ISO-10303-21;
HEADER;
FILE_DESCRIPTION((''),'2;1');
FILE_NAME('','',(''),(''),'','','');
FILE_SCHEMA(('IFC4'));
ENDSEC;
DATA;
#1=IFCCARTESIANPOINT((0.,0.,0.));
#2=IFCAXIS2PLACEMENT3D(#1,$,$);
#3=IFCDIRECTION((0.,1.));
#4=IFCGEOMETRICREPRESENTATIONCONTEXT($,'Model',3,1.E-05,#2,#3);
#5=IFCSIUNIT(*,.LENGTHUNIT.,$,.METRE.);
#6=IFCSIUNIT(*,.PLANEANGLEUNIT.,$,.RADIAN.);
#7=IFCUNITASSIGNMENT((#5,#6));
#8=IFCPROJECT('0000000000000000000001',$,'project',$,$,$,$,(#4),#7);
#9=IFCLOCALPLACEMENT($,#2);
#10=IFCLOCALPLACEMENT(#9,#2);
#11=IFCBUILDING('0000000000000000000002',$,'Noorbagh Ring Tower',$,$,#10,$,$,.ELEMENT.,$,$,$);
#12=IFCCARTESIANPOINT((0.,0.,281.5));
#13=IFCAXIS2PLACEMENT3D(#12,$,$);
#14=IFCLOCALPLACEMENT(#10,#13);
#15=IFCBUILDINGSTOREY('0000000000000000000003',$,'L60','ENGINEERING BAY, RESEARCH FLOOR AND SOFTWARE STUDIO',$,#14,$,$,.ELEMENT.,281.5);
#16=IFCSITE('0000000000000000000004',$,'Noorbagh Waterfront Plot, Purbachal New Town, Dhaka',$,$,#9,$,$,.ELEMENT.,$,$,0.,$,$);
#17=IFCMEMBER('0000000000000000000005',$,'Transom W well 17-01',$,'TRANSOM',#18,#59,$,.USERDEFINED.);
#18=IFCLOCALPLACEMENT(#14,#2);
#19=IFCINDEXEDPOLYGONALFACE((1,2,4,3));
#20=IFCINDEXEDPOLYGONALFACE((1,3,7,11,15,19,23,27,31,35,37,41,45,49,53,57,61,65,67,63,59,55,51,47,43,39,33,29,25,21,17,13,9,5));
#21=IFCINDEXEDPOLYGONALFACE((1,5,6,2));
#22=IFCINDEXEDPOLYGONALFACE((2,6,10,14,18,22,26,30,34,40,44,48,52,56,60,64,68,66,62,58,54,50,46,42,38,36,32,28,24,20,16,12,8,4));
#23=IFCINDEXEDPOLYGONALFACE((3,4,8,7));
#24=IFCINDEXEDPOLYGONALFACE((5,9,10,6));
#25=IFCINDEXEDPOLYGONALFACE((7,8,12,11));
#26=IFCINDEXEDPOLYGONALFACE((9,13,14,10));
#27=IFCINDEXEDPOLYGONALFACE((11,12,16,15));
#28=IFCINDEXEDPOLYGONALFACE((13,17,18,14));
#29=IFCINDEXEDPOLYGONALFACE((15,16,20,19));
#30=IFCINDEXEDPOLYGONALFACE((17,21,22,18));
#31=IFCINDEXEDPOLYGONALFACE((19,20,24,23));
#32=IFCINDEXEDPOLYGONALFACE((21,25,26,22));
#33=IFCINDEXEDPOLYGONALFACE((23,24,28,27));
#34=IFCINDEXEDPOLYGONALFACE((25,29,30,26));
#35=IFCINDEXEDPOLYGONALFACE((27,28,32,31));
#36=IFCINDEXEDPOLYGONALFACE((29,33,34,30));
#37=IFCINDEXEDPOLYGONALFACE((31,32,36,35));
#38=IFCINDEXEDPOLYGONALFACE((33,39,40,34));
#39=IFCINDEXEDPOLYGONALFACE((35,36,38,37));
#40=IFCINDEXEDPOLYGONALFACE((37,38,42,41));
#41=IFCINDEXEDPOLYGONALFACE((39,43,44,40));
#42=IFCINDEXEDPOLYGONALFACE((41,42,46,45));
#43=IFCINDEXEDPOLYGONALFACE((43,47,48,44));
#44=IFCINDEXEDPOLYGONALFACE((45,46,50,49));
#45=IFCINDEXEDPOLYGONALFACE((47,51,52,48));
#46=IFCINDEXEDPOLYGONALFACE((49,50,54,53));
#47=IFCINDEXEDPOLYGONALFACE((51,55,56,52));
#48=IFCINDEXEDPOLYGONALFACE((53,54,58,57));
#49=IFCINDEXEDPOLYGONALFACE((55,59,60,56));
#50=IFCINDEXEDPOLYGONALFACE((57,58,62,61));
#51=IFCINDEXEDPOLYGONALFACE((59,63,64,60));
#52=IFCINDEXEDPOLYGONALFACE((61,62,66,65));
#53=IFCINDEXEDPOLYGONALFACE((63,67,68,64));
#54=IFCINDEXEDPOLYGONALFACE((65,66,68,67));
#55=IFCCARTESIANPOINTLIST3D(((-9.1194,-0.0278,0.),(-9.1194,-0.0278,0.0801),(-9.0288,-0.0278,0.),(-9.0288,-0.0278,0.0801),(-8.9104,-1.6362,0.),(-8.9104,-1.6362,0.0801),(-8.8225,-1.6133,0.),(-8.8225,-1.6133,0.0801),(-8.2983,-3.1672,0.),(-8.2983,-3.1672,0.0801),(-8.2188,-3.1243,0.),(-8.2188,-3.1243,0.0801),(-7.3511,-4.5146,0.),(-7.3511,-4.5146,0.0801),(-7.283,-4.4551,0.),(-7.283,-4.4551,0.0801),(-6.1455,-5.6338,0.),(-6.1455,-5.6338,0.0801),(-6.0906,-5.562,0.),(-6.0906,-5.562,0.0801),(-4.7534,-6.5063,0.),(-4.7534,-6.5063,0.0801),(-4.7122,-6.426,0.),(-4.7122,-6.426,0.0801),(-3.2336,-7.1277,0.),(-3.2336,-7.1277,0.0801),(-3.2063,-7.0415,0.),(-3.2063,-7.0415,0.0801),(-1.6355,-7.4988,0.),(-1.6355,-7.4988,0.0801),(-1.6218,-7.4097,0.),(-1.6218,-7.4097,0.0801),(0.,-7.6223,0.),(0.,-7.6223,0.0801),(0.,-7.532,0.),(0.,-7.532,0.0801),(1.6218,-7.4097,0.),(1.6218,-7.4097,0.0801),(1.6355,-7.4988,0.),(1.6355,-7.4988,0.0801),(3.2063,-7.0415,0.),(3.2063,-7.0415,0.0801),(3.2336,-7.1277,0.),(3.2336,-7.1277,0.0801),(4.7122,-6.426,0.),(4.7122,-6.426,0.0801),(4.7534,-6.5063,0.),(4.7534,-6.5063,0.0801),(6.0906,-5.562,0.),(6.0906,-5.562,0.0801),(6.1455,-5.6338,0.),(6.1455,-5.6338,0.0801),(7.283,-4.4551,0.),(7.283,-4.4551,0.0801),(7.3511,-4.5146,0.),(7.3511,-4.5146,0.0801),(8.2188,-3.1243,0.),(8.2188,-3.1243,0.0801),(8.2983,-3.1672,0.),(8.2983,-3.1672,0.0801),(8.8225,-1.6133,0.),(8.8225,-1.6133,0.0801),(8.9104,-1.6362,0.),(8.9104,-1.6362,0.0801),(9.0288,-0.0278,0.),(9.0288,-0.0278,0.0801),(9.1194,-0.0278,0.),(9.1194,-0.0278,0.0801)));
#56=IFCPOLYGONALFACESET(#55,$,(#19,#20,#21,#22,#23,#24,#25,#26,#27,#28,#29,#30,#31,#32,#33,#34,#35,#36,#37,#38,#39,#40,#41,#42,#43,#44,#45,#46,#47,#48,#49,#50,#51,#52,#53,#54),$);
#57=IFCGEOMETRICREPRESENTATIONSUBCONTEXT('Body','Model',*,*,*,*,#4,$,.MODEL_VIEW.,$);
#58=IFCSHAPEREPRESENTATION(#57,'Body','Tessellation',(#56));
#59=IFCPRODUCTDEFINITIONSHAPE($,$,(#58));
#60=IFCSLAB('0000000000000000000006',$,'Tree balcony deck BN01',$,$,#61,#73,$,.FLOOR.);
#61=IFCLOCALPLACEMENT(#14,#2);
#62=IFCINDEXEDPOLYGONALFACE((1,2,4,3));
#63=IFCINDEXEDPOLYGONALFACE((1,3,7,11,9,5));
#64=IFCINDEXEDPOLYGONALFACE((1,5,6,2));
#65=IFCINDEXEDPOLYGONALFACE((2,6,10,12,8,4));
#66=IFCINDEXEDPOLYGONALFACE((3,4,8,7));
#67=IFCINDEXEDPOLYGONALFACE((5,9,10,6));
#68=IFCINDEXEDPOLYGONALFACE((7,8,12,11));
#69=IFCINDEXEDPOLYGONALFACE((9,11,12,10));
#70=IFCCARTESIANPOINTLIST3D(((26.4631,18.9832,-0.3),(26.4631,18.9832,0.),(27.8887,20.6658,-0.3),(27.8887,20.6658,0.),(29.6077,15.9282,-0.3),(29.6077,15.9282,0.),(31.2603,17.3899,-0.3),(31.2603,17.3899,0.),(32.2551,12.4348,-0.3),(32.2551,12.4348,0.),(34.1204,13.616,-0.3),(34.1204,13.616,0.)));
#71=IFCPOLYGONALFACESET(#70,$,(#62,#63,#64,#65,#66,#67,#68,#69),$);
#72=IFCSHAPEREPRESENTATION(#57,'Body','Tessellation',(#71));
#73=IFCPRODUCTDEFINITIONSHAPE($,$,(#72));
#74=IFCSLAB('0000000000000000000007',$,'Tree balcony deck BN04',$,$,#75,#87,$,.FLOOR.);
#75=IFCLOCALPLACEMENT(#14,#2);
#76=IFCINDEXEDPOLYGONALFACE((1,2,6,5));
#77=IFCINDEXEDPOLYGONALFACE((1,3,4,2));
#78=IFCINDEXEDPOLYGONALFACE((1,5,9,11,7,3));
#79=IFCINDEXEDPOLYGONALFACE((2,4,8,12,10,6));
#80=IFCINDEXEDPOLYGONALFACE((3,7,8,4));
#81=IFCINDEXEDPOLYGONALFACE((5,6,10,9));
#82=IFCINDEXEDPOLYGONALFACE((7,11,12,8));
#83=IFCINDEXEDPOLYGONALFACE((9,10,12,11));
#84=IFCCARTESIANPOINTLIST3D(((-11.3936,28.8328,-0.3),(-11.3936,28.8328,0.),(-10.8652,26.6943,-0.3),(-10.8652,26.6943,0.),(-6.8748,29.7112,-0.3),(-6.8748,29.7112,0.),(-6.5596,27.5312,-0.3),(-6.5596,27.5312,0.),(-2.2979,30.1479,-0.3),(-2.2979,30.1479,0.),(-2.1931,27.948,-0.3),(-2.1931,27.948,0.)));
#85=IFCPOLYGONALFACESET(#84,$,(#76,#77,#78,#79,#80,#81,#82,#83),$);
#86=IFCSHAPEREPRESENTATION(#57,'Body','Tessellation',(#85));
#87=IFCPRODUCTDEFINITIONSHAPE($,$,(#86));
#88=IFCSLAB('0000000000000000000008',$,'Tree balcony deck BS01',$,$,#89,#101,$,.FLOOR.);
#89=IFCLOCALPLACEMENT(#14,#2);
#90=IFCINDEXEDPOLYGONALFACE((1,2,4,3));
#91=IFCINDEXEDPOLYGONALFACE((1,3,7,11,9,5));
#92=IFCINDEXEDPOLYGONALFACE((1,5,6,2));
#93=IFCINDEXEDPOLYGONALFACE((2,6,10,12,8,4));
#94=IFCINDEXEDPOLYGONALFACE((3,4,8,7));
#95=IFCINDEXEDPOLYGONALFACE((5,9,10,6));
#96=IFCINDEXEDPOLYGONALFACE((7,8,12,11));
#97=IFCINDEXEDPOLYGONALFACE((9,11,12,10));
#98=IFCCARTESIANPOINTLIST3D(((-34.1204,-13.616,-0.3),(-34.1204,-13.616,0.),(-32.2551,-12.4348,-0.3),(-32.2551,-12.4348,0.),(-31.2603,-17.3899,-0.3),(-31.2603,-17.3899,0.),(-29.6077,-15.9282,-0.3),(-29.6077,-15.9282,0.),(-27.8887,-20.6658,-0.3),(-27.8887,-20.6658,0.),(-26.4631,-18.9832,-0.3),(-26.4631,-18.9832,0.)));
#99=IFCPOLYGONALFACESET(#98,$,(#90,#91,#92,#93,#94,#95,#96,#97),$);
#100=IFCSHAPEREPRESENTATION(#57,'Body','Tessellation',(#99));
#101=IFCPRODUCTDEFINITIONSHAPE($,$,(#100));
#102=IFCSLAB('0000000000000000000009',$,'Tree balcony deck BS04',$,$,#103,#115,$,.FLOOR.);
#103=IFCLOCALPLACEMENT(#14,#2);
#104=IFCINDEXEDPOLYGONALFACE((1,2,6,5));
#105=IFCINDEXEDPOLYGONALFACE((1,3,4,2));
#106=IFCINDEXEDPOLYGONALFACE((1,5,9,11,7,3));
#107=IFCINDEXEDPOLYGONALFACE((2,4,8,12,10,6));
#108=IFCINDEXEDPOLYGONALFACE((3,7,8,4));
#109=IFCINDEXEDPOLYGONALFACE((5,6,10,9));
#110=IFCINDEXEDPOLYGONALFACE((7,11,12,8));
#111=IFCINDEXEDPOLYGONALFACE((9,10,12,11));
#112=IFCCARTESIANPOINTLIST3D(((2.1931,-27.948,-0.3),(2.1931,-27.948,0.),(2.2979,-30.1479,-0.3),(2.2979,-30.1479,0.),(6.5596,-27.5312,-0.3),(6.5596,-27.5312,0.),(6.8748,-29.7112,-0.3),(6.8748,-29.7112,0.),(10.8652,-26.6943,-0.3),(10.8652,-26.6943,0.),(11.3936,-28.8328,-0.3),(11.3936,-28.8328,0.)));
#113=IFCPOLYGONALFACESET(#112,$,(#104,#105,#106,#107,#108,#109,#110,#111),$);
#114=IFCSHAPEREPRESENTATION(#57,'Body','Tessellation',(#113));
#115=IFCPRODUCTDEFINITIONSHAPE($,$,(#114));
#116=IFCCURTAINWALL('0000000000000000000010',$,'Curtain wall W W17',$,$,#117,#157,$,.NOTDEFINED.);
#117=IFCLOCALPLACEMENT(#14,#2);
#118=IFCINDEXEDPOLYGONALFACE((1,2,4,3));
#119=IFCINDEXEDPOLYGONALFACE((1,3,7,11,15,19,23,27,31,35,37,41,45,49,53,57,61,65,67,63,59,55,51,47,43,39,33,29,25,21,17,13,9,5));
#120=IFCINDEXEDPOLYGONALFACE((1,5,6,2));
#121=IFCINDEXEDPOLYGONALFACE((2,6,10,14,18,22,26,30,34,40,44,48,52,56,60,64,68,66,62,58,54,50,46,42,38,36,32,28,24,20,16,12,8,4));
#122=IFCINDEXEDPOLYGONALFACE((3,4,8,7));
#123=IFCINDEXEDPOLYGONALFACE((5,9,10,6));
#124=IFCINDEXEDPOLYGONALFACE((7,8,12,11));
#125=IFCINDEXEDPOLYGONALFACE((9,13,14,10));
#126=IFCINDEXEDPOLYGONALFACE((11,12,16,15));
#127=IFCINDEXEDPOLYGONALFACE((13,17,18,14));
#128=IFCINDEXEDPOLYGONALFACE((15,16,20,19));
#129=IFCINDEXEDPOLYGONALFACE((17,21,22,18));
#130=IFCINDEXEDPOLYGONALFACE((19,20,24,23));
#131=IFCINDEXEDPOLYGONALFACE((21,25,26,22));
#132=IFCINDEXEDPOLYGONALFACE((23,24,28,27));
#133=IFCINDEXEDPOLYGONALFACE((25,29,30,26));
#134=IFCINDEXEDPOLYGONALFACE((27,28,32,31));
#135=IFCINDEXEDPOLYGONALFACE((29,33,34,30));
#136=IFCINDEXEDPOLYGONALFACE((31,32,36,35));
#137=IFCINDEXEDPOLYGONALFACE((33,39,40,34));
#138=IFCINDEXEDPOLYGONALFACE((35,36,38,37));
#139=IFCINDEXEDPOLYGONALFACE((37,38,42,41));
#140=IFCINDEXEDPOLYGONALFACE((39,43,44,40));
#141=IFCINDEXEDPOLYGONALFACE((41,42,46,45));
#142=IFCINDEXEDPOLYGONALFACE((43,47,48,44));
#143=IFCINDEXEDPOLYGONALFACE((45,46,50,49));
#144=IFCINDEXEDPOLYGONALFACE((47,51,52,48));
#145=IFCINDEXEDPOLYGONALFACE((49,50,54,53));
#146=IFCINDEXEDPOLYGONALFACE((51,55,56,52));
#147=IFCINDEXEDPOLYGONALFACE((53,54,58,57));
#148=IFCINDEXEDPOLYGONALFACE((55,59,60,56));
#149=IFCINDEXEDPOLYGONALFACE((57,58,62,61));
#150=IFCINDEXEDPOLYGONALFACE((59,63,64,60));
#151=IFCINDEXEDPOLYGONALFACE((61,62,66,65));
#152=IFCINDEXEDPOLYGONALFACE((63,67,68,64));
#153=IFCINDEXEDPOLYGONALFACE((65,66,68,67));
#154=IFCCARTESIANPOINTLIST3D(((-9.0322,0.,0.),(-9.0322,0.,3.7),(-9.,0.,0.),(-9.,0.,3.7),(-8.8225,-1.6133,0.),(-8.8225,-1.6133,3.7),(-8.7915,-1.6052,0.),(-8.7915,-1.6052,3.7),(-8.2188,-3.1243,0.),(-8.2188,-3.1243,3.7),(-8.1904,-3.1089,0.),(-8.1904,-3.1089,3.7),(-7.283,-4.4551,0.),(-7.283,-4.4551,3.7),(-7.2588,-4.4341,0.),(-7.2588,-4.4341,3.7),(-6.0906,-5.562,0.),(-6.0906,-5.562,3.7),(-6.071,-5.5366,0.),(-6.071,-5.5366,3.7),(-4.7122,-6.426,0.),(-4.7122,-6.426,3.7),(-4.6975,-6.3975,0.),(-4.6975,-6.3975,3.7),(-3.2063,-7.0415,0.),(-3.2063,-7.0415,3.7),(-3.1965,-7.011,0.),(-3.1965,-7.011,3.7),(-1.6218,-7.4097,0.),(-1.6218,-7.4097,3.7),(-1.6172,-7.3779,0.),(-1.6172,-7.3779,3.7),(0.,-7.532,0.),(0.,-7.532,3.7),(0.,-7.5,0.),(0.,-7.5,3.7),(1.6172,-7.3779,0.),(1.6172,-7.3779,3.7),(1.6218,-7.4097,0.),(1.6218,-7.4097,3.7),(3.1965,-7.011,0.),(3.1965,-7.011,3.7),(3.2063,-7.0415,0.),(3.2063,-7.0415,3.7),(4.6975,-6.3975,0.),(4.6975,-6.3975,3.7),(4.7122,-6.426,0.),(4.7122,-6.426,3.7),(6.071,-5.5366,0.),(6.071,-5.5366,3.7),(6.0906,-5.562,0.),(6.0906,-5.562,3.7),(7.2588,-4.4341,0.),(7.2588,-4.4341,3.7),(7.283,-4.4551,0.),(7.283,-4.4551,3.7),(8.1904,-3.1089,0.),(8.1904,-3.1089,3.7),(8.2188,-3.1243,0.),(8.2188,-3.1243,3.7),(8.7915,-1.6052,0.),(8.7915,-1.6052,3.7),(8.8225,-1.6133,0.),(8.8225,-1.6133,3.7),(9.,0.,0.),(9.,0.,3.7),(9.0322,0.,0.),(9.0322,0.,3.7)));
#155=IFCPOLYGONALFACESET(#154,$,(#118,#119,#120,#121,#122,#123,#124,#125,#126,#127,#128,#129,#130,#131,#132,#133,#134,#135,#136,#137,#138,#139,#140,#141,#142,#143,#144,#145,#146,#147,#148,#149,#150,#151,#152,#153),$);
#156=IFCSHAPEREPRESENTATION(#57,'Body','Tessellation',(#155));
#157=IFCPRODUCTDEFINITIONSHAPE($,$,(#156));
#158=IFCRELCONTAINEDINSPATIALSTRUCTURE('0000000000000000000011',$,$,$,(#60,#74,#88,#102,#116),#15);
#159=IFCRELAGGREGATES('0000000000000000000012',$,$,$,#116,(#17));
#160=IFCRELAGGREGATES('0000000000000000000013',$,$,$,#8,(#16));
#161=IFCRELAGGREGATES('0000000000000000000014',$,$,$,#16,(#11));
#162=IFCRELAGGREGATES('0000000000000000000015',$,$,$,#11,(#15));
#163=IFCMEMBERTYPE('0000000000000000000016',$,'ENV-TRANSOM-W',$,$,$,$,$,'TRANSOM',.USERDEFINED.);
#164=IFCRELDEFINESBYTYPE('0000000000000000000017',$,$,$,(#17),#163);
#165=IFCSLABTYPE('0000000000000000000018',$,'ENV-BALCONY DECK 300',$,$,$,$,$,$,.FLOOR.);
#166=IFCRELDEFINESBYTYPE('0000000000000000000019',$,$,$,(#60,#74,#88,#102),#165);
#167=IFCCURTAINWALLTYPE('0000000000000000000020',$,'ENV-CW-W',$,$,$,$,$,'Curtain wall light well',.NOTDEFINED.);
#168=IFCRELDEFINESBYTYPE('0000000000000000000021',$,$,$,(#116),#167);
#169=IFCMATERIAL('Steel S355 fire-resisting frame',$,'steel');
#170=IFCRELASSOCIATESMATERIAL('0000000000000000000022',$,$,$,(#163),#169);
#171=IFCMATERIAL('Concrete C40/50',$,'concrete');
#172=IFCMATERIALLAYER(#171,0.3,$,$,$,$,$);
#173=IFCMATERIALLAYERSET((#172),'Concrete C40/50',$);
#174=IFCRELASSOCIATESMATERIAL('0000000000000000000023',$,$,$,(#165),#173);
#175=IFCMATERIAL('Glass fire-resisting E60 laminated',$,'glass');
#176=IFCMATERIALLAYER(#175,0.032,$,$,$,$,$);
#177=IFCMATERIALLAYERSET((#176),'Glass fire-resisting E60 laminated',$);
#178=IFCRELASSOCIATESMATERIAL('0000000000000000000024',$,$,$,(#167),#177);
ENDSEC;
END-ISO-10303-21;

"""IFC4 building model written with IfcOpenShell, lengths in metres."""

from ifc_helpers import new_model, si_unit, direction, frame, origin, place, context, subcontext, project, spatial, polyline, outline, extrude, material, layer, layer_set, type_object, element, aggregate, save


model = new_model("IFC4")

# Units and contexts
model_context = context("Model", 3, precision=1e-05, world=origin(), true_north=direction((0.0, 1.0)))
body_context = subcontext(model_context, "Body", "Model", "MODEL_VIEW")
ifc_project = project(units=[si_unit("LENGTHUNIT", "METRE"), si_unit("PLANEANGLEUNIT", "RADIAN")], contexts=[model_context])

# Member
site_placement = place(None, origin())
building_placement = place(site_placement, origin())
storey_placement = place(building_placement, frame((0.0, 0.0, 281.5)))
ifc_material_1 = material(Name="Steel S355 fire-resisting frame", Category="steel")
member_type_1 = type_object("IfcMemberType", Name="ENV-TRANSOM-W", ElementType="TRANSOM", PredefinedType="USERDEFINED", material=ifc_material_1)
member_1_placement = place(storey_placement, origin())
member_1 = element("IfcMember", 1, at=member_1_placement, type_object=member_type_1, Name="Transom W well 17-01", ObjectType="TRANSOM", PredefinedType="USERDEFINED", context=body_context, shape_type="SweptSolid", body=[
    extrude(outline(polyline([(-9.1194, -0.0278), (-8.9104, -1.6362), (-8.2983, -3.1672), (-7.3511, -4.5146), (-6.1455, -5.6338), (-4.7534, -6.5063), (-3.2336, -7.1277), (-1.6355, -7.4988), (0.0, -7.6223), (1.6355, -7.4988), (3.2336, -7.1277), (4.7534, -6.5063), (6.1455, -5.6338), (7.3511, -4.5146), (8.2983, -3.1672), (8.9104, -1.6362), (9.1194, -0.0278), (9.0288, -0.0278), (8.8225, -1.6133), (8.2188, -3.1243), (7.283, -4.4551), (6.0906, -5.562), (4.7122, -6.426), (3.2063, -7.0415), (1.6218, -7.4097), (0.0, -7.532), (-1.6218, -7.4097), (-3.2063, -7.0415), (-4.7122, -6.426), (-6.0906, -5.562), (-7.283, -4.4551), (-8.2188, -3.1243), (-8.8225, -1.6133), (-9.0288, -0.0278), (-9.1194, -0.0278)])), origin(), (0.0, 0.0, 1.0), 0.0801),
])

# Site, building, storey
site = spatial("IfcSite", under=ifc_project, at=site_placement, Name="Noorbagh Waterfront Plot, Purbachal New Town, Dhaka", CompositionType="ELEMENT", RefElevation=0.0)
building = spatial("IfcBuilding", under=site, at=building_placement, Name="Noorbagh Ring Tower", CompositionType="ELEMENT")
storey = spatial("IfcBuildingStorey", under=building, at=storey_placement, Name="L60", Description="ENGINEERING BAY, RESEARCH FLOOR AND SOFTWARE STUDIO", CompositionType="ELEMENT", Elevation=281.5)

# Slabs
ifc_material_2 = material(Name="Concrete C40/50", Category="concrete")
ifc_layer_1 = layer(ifc_material_2, 0.3)
ifc_layer_set_1 = layer_set([ifc_layer_1], Name="Concrete C40/50")
slab_type = type_object("IfcSlabType", Name="ENV-BALCONY DECK 300", PredefinedType="FLOOR", material=ifc_layer_set_1)
slab_1_placement = place(storey_placement, frame((0.0, 0.0, -0.3)))
element("IfcSlab", 2, at=slab_1_placement, inside=storey, type_object=slab_type, Name="Tree balcony deck BN01", PredefinedType="FLOOR", context=body_context, shape_type="SweptSolid", body=[
    extrude(outline(polyline([(34.1204, 13.616), (31.2603, 17.3899), (27.8887, 20.6658), (26.4631, 18.9832), (29.6077, 15.9282), (32.2551, 12.4348), (34.1204, 13.616)])), origin(), (0.0, 0.0, 1.0), 0.3),
])
slab_2_placement = place(storey_placement, frame((0.0, 0.0, -0.3)))
element("IfcSlab", 3, at=slab_2_placement, inside=storey, type_object=slab_type, Name="Tree balcony deck BN04", PredefinedType="FLOOR", context=body_context, shape_type="SweptSolid", body=[
    extrude(outline(polyline([(-2.2979, 30.1479), (-6.8748, 29.7112), (-11.3936, 28.8328), (-10.8652, 26.6943), (-6.5596, 27.5312), (-2.1931, 27.948), (-2.2979, 30.1479)])), origin(), (0.0, 0.0, 1.0), 0.3),
])
slab_3_placement = place(storey_placement, frame((0.0, 0.0, -0.3)))
element("IfcSlab", 4, at=slab_3_placement, inside=storey, type_object=slab_type, Name="Tree balcony deck BS01", PredefinedType="FLOOR", context=body_context, shape_type="SweptSolid", body=[
    extrude(outline(polyline([(-34.1204, -13.616), (-31.2603, -17.3899), (-27.8887, -20.6658), (-26.4631, -18.9832), (-29.6077, -15.9282), (-32.2551, -12.4348), (-34.1204, -13.616)])), origin(), (0.0, 0.0, 1.0), 0.3),
])
slab_4_placement = place(storey_placement, frame((0.0, 0.0, -0.3)))
element("IfcSlab", 5, at=slab_4_placement, inside=storey, type_object=slab_type, Name="Tree balcony deck BS04", PredefinedType="FLOOR", context=body_context, shape_type="SweptSolid", body=[
    extrude(outline(polyline([(2.2979, -30.1479), (6.8748, -29.7112), (11.3936, -28.8328), (10.8652, -26.6943), (6.5596, -27.5312), (2.1931, -27.948), (2.2979, -30.1479)])), origin(), (0.0, 0.0, 1.0), 0.3),
])

# Curtain wall
ifc_material_3 = material(Name="Glass fire-resisting E60 laminated", Category="glass")
ifc_layer_2 = layer(ifc_material_3, 0.032)
ifc_layer_set_2 = layer_set([ifc_layer_2], Name="Glass fire-resisting E60 laminated")
curtain_wall_type_1 = type_object("IfcCurtainWallType", Name="ENV-CW-W", ElementType="Curtain wall light well", PredefinedType="NOTDEFINED", material=ifc_layer_set_2)
curtain_wall_1_placement = place(storey_placement, origin())
curtain_wall_1 = element("IfcCurtainWall", 6, at=curtain_wall_1_placement, inside=storey, type_object=curtain_wall_type_1, Name="Curtain wall W W17", PredefinedType="NOTDEFINED", context=body_context, shape_type="SweptSolid", body=[
    extrude(outline(polyline([(-9.0322, 0.0), (-8.8225, -1.6133), (-8.2188, -3.1243), (-7.283, -4.4551), (-6.0906, -5.562), (-4.7122, -6.426), (-3.2063, -7.0415), (-1.6218, -7.4097), (0.0, -7.532), (1.6218, -7.4097), (3.2063, -7.0415), (4.7122, -6.426), (6.0906, -5.562), (7.283, -4.4551), (8.2188, -3.1243), (8.8225, -1.6133), (9.0322, 0.0), (9.0, 0.0), (8.7915, -1.6052), (8.1904, -3.1089), (7.2588, -4.4341), (6.071, -5.5366), (4.6975, -6.3975), (3.1965, -7.011), (1.6172, -7.3779), (0.0, -7.5), (-1.6172, -7.3779), (-3.1965, -7.011), (-4.6975, -6.3975), (-6.071, -5.5366), (-7.2588, -4.4341), (-8.1904, -3.1089), (-8.7915, -1.6052), (-9.0, 0.0), (-9.0322, 0.0)])), origin(), (0.0, 0.0, 1.0), 3.7),
])
aggregate(curtain_wall_1, [member_1])

save(model, "model.ifc")
